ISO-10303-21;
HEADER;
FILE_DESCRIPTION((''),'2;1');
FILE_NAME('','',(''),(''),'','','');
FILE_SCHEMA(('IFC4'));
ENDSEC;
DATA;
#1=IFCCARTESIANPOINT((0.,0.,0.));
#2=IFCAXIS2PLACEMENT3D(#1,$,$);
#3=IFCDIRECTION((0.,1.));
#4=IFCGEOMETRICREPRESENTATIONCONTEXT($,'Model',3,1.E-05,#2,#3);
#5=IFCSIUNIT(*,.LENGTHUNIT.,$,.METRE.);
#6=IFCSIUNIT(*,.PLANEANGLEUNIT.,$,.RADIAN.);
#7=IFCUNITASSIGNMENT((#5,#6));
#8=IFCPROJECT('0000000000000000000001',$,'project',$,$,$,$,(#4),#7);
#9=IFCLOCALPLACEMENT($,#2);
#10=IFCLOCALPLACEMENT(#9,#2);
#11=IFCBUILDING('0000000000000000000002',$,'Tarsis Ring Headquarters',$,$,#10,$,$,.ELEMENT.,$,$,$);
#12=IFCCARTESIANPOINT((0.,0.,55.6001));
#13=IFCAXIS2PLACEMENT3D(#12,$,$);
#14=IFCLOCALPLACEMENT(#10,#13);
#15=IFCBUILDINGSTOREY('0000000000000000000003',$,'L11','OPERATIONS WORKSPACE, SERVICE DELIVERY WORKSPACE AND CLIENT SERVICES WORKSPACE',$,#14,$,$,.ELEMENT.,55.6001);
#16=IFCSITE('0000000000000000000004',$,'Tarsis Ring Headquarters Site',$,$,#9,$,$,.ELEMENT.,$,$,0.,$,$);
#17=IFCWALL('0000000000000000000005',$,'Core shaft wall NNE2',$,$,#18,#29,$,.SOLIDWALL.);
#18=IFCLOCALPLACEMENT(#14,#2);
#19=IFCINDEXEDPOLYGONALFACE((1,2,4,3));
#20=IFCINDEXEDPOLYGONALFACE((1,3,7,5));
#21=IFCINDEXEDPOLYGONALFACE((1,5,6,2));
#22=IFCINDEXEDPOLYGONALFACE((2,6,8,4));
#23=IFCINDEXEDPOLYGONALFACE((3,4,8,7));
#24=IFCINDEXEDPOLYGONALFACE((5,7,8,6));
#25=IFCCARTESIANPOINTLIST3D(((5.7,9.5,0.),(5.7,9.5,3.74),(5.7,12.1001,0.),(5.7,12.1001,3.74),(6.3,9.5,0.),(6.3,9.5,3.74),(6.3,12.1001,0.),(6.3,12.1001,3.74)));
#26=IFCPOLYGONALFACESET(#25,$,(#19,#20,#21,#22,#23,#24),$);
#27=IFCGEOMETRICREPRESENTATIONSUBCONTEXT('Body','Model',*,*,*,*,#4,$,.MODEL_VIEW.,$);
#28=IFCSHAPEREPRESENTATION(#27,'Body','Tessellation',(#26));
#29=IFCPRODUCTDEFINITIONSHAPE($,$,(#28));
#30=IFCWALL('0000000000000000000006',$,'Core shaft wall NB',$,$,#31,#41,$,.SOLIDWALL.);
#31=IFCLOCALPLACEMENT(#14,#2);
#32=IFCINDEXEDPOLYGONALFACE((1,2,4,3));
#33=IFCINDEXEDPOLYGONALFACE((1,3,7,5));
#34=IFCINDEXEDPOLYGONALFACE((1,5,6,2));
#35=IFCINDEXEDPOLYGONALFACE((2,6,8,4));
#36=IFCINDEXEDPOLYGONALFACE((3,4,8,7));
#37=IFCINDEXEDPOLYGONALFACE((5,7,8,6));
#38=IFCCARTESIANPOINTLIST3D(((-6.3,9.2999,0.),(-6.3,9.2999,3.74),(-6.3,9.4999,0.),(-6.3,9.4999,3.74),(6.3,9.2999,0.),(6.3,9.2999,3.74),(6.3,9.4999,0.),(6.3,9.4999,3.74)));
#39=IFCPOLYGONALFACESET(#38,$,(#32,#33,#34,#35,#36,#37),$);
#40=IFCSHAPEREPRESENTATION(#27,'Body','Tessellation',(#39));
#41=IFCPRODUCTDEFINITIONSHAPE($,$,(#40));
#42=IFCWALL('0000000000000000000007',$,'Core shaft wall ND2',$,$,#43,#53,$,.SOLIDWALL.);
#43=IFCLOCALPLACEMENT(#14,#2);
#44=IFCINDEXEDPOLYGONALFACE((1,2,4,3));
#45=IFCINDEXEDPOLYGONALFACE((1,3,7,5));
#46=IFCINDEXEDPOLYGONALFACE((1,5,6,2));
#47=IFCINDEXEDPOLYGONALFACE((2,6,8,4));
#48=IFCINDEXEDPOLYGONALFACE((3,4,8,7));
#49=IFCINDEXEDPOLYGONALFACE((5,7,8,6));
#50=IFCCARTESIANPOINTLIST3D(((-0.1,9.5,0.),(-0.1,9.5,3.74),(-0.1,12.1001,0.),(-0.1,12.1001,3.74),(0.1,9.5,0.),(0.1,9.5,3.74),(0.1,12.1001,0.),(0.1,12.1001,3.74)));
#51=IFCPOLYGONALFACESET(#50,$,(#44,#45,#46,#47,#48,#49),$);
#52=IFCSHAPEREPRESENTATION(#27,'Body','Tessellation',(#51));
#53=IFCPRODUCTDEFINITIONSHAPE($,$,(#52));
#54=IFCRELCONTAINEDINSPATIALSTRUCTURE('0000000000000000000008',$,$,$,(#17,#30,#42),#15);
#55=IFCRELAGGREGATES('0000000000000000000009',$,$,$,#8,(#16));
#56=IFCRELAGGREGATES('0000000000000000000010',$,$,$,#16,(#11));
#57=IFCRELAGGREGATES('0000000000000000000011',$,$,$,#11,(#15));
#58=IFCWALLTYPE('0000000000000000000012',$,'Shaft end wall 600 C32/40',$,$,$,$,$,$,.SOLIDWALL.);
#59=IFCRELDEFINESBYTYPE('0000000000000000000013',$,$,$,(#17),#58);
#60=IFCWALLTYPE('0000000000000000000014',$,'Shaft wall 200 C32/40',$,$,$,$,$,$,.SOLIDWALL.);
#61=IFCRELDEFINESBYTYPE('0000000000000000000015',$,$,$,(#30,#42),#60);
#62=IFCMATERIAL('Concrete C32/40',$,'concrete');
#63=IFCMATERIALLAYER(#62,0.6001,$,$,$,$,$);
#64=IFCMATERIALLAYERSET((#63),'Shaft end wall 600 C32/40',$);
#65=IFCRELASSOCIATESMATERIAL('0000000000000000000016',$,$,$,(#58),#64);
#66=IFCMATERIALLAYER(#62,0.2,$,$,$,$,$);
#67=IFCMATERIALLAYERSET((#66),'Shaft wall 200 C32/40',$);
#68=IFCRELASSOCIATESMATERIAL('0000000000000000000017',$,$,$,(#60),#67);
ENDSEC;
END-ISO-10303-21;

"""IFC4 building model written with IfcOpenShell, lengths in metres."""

from ifc_helpers import new_model, si_unit, direction, frame, frame_2d, origin, place, context, subcontext, project, spatial, rectangle, extrude, material, layer, layer_set, type_object, element, save


model = new_model("IFC4")

# Units and contexts
model_context = context("Model", 3, precision=1e-05, world=origin(), true_north=direction((0.0, 1.0)))
body_context = subcontext(model_context, "Body", "Model", "MODEL_VIEW")
ifc_project = project(units=[si_unit("LENGTHUNIT", "METRE"), si_unit("PLANEANGLEUNIT", "RADIAN")], contexts=[model_context])

# Site, building, storey
site_placement = place(None, origin())
site = spatial("IfcSite", under=ifc_project, at=site_placement, Name="Tarsis Ring Headquarters Site", CompositionType="ELEMENT", RefElevation=0.0)
building_placement = place(site_placement, origin())
building = spatial("IfcBuilding", under=site, at=building_placement, Name="Tarsis Ring Headquarters", CompositionType="ELEMENT")
storey_placement = place(building_placement, frame((0.0, 0.0, 55.6001)))
storey = spatial("IfcBuildingStorey", under=building, at=storey_placement, Name="L11", Description="OPERATIONS WORKSPACE, SERVICE DELIVERY WORKSPACE AND CLIENT SERVICES WORKSPACE", CompositionType="ELEMENT", Elevation=55.6001)

# Walls
ifc_material_1 = material(Name="Concrete C32/40", Category="concrete")
ifc_layer_1 = layer(ifc_material_1, 0.6001)
ifc_layer_set_1 = layer_set([ifc_layer_1], Name="Shaft end wall 600 C32/40")
wall_type_1 = type_object("IfcWallType", Name="Shaft end wall 600 C32/40", PredefinedType="SOLIDWALL", material=ifc_layer_set_1)
for number, where, z_axis, x_axis, name in (
    (1, (6.0, 9.5, 0.0), (0.0, 0.0, 1.0), (0.0, 1.0, 0.0), "Core shaft wall NNE2"),
):
    element("IfcWall", number, at=place(storey_placement, frame(where, z_axis=z_axis, x_axis=x_axis)), inside=storey, type_object=wall_type_1, Name=name, PredefinedType="SOLIDWALL", context=body_context, shape_type="SweptSolid", body=[
        extrude(rectangle(XDim=2.6001, YDim=0.6001, at=frame_2d((1.3, 0.0))), origin(), (0.0, 0.0, 1.0), 3.74),
    ])
ifc_layer_2 = layer(ifc_material_1, 0.2)
ifc_layer_set_2 = layer_set([ifc_layer_2], Name="Shaft wall 200 C32/40")
wall_type_2 = type_object("IfcWallType", Name="Shaft wall 200 C32/40", PredefinedType="SOLIDWALL", material=ifc_layer_set_2)
wall_1_placement = place(storey_placement, frame((-6.3, 9.3999, 0.0), z_axis=(0.0, 0.0, 1.0), x_axis=(1.0, 0.0, 0.0)))
element("IfcWall", 2, at=wall_1_placement, inside=storey, type_object=wall_type_2, Name="Core shaft wall NB", PredefinedType="SOLIDWALL", context=body_context, shape_type="SweptSolid", body=[
    extrude(rectangle(XDim=12.6001, YDim=0.2, at=frame_2d((6.3, 0.0))), origin(), (0.0, 0.0, 1.0), 3.74),
])
wall_2_placement = place(storey_placement, frame((0.0, 9.5, 0.0), z_axis=(0.0, 0.0, 1.0), x_axis=(0.0, 1.0, 0.0)))
element("IfcWall", 3, at=wall_2_placement, inside=storey, type_object=wall_type_2, Name="Core shaft wall ND2", PredefinedType="SOLIDWALL", context=body_context, shape_type="SweptSolid", body=[
    extrude(rectangle(XDim=2.6001, YDim=0.2, at=frame_2d((1.3, 0.0))), origin(), (0.0, 0.0, 1.0), 3.74),
])

save(model, "model.ifc")
